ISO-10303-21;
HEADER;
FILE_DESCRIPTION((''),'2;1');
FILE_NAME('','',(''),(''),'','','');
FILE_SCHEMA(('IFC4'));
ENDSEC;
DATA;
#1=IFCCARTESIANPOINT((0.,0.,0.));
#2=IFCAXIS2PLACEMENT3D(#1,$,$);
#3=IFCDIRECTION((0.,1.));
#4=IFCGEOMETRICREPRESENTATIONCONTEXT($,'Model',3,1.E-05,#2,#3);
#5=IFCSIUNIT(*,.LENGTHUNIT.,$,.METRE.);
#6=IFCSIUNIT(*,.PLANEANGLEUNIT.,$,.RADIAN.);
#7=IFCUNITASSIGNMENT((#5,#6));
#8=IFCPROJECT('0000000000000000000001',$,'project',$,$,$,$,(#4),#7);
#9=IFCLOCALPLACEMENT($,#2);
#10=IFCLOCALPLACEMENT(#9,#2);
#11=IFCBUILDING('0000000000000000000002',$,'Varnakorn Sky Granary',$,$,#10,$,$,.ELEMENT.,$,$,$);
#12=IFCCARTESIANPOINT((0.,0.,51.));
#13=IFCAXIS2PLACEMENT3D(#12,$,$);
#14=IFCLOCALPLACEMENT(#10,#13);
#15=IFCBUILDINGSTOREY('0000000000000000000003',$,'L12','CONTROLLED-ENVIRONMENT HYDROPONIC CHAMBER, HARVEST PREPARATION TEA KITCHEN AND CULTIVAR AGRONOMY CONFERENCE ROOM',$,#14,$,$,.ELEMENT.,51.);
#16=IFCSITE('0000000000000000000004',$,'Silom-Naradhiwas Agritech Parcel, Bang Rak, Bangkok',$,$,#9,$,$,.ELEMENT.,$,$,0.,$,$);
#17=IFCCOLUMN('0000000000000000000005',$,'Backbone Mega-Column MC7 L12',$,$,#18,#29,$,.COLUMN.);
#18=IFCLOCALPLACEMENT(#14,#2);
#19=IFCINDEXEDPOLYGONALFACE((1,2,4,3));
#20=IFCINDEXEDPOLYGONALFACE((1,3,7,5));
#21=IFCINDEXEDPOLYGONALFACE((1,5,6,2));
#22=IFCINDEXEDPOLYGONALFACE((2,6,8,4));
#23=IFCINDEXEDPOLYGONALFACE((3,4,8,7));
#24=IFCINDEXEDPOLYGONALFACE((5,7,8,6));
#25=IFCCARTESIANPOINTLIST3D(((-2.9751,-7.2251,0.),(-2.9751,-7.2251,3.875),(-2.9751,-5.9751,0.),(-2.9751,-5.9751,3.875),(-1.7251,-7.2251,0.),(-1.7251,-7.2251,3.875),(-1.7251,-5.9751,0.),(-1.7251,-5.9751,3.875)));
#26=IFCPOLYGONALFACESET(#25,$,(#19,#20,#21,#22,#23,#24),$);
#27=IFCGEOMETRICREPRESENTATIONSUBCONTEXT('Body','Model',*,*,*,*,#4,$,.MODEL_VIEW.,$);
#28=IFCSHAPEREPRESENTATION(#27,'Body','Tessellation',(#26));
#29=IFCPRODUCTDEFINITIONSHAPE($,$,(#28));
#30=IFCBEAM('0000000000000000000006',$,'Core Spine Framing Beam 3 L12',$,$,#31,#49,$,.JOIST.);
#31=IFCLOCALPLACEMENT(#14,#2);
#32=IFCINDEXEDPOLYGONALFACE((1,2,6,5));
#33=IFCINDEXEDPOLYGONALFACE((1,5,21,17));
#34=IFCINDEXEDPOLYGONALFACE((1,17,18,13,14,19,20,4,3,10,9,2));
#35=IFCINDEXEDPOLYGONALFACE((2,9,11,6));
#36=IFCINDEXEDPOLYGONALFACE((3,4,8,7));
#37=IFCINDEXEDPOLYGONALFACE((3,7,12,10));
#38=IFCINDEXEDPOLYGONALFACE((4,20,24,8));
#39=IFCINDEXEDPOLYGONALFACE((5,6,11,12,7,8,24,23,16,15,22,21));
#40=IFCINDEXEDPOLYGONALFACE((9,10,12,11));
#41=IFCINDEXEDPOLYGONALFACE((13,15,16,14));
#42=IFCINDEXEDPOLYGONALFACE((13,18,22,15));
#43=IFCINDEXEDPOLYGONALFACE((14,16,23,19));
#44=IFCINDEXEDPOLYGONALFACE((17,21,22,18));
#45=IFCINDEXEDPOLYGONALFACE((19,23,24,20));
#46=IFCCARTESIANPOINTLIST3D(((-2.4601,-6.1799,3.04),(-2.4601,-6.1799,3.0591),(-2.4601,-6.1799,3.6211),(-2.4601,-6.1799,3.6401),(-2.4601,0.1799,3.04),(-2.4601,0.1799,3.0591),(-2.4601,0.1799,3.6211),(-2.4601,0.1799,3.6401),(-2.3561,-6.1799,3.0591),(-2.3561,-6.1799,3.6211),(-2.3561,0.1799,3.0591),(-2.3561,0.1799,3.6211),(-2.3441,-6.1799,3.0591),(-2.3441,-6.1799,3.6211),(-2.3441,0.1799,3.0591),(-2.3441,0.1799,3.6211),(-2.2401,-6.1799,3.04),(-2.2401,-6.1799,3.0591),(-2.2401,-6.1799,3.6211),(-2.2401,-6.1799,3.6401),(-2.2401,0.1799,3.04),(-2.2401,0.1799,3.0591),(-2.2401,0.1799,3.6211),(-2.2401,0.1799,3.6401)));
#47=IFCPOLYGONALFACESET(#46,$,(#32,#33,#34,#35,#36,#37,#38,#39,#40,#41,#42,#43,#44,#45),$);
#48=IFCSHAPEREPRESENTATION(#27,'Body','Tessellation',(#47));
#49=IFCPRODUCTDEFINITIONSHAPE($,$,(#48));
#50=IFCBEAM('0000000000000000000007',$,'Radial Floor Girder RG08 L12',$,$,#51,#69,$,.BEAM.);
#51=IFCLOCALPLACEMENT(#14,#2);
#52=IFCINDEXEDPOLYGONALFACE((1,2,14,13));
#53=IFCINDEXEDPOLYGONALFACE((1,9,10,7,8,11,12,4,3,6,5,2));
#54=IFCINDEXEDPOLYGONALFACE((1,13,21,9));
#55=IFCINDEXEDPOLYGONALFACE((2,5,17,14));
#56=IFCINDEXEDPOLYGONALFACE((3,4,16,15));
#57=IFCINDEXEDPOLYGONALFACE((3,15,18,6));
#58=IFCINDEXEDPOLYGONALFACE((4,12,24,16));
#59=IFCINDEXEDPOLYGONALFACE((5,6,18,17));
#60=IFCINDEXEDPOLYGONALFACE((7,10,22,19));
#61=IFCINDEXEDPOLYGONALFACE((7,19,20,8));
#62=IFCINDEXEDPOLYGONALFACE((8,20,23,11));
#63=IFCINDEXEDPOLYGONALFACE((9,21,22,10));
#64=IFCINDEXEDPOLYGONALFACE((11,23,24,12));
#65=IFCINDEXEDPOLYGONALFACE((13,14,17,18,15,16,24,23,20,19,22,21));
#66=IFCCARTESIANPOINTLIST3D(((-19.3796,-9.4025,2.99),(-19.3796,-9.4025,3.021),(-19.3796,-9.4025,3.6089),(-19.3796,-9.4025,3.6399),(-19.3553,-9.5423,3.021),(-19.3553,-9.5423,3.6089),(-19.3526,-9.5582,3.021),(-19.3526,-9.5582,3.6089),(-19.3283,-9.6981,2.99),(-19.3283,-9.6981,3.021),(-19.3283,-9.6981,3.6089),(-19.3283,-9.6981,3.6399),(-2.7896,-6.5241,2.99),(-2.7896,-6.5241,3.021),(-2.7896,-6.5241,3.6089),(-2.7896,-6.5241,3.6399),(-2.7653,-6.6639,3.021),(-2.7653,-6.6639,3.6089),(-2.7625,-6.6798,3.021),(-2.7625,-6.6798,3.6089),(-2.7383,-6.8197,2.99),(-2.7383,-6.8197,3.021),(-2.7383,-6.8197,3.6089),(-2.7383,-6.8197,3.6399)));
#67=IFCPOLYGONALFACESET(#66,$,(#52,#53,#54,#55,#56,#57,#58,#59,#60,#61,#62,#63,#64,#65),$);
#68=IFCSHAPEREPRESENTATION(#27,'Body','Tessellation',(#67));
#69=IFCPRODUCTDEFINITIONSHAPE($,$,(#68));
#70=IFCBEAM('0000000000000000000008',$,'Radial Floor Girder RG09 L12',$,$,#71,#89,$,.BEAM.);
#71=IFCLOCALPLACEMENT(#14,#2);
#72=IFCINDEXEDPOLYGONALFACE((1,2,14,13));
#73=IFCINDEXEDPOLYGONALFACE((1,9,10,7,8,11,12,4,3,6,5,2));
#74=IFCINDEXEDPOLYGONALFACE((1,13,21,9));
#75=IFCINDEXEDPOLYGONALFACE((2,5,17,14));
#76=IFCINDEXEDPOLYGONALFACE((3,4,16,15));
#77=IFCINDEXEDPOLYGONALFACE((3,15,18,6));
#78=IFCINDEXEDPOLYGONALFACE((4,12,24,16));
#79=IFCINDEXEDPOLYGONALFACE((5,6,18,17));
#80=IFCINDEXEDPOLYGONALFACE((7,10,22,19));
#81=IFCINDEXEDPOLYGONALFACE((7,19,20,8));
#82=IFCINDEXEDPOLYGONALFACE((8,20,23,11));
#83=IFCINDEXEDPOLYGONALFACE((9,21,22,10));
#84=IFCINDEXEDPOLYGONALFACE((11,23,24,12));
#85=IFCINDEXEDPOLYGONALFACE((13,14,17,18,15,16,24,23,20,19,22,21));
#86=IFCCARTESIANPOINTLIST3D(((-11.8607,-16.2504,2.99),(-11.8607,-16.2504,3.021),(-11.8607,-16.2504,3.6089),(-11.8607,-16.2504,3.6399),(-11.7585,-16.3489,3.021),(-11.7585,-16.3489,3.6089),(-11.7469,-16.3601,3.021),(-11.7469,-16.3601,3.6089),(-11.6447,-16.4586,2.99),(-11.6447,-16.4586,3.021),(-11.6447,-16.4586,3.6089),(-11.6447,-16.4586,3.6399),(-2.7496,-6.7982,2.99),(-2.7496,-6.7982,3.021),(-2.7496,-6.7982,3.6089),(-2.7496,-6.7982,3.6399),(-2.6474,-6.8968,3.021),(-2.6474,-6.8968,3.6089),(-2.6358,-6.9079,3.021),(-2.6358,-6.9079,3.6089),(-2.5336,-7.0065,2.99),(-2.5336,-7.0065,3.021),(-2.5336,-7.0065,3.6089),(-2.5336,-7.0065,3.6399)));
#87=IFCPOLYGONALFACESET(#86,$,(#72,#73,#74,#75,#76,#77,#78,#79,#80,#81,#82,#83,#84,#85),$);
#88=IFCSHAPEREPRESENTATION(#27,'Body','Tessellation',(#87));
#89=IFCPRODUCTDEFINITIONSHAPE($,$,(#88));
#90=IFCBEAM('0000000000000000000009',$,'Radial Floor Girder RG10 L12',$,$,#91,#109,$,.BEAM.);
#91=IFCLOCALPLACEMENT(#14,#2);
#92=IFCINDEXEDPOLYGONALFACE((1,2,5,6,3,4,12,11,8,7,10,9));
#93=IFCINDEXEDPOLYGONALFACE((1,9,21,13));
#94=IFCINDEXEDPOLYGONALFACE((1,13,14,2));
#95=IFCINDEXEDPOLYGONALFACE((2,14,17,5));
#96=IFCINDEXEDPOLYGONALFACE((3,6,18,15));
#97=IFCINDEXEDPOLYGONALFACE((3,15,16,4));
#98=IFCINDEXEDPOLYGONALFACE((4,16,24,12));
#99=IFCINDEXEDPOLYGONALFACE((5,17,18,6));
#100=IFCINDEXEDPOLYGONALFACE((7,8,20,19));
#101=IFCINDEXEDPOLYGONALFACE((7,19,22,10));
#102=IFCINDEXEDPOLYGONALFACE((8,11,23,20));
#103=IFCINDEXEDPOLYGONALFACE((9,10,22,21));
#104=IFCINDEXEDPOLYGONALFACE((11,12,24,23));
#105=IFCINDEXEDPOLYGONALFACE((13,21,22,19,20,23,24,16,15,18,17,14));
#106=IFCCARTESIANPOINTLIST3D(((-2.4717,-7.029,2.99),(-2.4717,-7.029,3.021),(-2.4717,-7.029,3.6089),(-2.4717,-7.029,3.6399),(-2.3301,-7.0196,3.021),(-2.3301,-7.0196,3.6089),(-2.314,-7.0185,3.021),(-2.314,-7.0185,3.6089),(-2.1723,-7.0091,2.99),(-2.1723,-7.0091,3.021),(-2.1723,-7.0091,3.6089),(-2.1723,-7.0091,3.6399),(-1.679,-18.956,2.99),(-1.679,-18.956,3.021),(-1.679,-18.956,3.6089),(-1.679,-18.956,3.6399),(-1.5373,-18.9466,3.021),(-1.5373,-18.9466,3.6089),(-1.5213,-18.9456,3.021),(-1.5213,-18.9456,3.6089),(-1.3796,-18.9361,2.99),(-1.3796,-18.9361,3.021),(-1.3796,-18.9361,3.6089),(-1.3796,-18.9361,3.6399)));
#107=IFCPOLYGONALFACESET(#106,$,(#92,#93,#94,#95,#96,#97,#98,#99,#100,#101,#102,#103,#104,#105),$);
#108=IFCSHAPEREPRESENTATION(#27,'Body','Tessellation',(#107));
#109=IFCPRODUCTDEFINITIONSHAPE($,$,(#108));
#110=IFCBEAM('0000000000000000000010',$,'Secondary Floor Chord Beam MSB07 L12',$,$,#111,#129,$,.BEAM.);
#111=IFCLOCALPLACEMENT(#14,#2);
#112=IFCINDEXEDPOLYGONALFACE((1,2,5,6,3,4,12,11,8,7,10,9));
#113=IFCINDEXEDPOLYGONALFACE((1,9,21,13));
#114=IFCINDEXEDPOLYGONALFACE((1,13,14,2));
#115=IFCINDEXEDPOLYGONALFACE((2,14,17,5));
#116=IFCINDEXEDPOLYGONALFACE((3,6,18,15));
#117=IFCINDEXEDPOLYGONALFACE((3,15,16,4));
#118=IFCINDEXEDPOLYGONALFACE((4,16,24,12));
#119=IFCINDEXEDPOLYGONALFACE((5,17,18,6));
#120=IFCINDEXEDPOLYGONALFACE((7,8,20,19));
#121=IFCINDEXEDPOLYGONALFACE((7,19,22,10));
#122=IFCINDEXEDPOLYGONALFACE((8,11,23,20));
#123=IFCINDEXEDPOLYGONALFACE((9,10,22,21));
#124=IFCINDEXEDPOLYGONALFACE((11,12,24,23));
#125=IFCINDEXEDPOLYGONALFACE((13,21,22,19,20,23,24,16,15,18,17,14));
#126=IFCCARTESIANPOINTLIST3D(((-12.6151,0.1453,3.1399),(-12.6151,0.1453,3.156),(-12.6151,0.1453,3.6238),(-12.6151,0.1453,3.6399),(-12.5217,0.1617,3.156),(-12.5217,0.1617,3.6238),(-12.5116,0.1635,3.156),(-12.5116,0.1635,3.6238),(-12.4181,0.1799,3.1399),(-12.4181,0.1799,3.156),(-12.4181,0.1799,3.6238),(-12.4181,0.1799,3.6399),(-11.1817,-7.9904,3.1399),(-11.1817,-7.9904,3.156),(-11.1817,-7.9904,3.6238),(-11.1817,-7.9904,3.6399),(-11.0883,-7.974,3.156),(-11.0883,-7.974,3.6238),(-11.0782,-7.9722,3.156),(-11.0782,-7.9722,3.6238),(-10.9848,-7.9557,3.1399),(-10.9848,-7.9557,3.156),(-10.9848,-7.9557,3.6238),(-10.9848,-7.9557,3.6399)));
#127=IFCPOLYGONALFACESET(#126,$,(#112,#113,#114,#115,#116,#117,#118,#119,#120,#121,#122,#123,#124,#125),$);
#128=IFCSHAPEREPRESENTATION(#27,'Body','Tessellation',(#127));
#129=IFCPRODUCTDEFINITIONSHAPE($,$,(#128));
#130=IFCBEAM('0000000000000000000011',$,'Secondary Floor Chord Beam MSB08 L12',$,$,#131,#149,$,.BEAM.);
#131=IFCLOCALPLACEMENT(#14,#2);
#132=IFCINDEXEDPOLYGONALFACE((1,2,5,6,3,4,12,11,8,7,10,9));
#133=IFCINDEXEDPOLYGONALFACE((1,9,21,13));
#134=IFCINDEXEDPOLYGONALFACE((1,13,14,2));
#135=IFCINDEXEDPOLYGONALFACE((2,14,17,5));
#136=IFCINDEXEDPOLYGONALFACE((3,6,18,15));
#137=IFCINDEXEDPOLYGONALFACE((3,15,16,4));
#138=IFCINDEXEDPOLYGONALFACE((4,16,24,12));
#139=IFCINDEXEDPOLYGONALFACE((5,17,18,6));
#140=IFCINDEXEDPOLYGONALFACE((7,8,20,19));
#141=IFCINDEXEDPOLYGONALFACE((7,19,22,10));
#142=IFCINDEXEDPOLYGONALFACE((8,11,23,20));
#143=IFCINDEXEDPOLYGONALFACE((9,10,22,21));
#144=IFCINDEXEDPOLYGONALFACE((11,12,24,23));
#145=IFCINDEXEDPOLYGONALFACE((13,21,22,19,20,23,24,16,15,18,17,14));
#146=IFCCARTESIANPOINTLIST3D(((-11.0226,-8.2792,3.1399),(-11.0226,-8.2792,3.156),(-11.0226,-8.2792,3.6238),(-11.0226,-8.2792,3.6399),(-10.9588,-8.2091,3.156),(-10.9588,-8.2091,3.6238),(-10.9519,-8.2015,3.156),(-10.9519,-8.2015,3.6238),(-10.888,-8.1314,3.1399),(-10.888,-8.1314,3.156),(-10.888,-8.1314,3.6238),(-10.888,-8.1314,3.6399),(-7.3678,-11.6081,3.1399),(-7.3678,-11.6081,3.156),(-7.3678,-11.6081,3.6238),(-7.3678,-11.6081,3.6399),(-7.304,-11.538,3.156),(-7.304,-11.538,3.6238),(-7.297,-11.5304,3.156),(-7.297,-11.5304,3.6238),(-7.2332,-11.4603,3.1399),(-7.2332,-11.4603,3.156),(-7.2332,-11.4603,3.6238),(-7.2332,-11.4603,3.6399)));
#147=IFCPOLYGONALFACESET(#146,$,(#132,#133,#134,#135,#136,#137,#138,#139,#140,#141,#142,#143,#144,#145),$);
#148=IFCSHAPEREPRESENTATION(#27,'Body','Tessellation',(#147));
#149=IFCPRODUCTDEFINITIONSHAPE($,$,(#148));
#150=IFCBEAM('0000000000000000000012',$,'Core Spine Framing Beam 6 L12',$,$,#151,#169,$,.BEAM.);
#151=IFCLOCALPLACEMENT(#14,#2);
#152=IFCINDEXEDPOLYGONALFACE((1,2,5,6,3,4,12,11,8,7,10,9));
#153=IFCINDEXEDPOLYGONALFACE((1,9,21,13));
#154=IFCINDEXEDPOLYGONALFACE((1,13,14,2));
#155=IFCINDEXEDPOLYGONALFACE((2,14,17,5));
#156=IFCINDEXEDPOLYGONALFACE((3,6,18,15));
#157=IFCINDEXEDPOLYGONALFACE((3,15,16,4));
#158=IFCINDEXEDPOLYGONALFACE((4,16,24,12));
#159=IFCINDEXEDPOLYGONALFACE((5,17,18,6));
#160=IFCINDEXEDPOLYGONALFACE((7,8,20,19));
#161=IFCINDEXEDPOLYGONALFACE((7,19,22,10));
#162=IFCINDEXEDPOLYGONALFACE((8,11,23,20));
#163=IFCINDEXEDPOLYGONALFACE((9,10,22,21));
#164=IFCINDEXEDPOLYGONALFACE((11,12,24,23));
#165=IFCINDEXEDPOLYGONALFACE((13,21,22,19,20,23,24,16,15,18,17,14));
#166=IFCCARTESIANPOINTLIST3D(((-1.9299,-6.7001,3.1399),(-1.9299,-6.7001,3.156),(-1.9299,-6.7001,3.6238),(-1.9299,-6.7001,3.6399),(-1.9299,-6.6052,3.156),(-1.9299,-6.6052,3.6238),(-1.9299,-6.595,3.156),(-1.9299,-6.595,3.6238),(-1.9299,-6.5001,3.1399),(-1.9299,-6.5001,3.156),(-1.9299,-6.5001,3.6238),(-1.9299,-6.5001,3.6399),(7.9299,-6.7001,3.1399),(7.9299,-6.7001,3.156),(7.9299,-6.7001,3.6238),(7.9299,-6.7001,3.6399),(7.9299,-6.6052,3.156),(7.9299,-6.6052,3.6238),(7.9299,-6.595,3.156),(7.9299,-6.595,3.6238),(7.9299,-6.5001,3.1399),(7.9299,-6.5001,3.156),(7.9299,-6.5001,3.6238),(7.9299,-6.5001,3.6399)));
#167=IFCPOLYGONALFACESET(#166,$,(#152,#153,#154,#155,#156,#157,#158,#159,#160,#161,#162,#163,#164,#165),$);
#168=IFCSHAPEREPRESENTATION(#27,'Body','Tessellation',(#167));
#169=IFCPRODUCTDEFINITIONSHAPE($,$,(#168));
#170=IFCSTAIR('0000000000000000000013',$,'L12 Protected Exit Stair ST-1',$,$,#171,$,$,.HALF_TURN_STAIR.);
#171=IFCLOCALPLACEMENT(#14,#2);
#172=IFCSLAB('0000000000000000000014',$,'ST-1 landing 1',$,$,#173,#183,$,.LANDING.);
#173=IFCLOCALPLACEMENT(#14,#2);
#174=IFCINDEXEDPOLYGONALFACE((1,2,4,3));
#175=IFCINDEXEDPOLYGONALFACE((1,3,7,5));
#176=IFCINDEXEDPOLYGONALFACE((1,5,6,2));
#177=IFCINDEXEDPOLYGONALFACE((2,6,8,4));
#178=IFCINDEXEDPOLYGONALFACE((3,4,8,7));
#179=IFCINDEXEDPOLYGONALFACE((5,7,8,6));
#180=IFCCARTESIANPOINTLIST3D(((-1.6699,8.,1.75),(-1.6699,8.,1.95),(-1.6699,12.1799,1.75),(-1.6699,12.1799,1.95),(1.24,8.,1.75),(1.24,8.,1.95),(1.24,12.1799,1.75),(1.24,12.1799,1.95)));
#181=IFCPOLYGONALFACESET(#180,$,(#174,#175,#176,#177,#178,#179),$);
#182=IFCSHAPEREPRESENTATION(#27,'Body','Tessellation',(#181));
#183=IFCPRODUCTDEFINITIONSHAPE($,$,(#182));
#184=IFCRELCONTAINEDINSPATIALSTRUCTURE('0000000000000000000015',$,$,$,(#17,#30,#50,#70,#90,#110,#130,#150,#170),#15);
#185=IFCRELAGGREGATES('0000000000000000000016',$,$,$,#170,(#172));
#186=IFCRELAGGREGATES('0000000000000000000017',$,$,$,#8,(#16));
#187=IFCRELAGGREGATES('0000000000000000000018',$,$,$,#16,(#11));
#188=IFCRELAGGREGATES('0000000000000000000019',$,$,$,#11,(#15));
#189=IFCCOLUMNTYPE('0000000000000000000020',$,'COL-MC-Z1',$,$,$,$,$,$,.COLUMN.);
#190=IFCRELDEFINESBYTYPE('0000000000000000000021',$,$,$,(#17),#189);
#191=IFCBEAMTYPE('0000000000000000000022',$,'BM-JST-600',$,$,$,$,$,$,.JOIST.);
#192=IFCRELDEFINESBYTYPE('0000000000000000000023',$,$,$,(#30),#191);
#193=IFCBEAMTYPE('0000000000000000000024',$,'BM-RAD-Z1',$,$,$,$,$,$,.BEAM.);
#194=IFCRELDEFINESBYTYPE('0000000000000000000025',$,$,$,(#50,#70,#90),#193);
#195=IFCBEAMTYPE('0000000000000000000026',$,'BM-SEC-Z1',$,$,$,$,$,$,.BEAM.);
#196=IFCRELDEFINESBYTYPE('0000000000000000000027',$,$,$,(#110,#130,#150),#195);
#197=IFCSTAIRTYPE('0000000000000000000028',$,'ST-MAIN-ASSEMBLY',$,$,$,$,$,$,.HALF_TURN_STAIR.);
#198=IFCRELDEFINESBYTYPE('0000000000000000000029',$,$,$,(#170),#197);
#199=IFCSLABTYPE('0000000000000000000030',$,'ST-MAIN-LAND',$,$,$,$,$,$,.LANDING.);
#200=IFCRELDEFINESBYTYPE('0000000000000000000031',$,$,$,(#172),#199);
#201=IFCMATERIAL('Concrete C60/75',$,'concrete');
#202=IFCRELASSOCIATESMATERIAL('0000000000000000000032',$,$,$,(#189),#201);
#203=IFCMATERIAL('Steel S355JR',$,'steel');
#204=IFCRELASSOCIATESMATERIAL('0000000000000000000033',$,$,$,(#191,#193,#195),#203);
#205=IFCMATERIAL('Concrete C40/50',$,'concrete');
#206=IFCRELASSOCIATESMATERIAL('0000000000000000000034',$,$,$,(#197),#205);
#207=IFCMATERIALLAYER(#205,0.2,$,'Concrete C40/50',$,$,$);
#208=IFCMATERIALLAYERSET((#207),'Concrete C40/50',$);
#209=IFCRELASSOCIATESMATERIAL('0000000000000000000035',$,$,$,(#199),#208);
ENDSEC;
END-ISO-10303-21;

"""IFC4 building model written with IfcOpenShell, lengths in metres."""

from ifc_helpers import new_model, si_unit, direction, frame, origin, origin_2d, place, context, subcontext, project, spatial, polyline, rectangle, i_section, outline, extrude, material, layer, layer_set, material_profile, profile_set, type_object, element, aggregate, save


model = new_model("IFC4")

# Units and contexts
model_context = context("Model", 3, precision=1e-05, world=origin(), true_north=direction((0.0, 1.0)))
body_context = subcontext(model_context, "Body", "Model", "MODEL_VIEW")
ifc_project = project(units=[si_unit("LENGTHUNIT", "METRE"), si_unit("PLANEANGLEUNIT", "RADIAN")], contexts=[model_context])

# Site, building, storey
site_placement = place(None, origin())
site = spatial("IfcSite", under=ifc_project, at=site_placement, Name="Silom-Naradhiwas Agritech Parcel, Bang Rak, Bangkok", CompositionType="ELEMENT", RefElevation=0.0)
building_placement = place(site_placement, origin())
building = spatial("IfcBuilding", under=site, at=building_placement, Name="Varnakorn Sky Granary", CompositionType="ELEMENT")
storey_placement = place(building_placement, frame((0.0, 0.0, 51.0)))
storey = spatial("IfcBuildingStorey", under=building, at=storey_placement, Name="L12", Description="CONTROLLED-ENVIRONMENT HYDROPONIC CHAMBER, HARVEST PREPARATION TEA KITCHEN AND CULTIVAR AGRONOMY CONFERENCE ROOM", CompositionType="ELEMENT", Elevation=51.0)

# Column
ifc_material_1 = material(Name="Concrete C60/75", Category="concrete")
ifc_material_profile_1 = material_profile(ifc_material_1, rectangle(XDim=1.25, YDim=1.25, at=origin_2d()), Name="RC 1250x1250")
ifc_profile_set_1 = profile_set([ifc_material_profile_1], Name="Concrete C60/75")
column_type = type_object("IfcColumnType", Name="COL-MC-Z1", PredefinedType="COLUMN", material=ifc_profile_set_1)
column_placement = place(storey_placement, frame((-2.3501, -6.6001, 0.0), z_axis=(0.0, 0.0, 1.0), x_axis=(1.0, 0.0, 0.0)))
element("IfcColumn", 1, at=column_placement, inside=storey, type_object=column_type, Name="Backbone Mega-Column MC7 L12", PredefinedType="COLUMN", context=body_context, shape_type="SweptSolid", body=[
    extrude(rectangle(XDim=1.25, YDim=1.25, at=origin_2d()), origin(), (0.0, 0.0, 1.0), 3.875),
])

# Beams
ifc_material_2 = material(Name="Steel S355JR", Category="steel")
ifc_material_profile_2 = material_profile(ifc_material_2, i_section(OverallWidth=0.22, OverallDepth=0.6001, WebThickness=0.012, FlangeThickness=0.019, at=origin_2d()), Name="IPE 600")
ifc_profile_set_2 = profile_set([ifc_material_profile_2], Name="Steel S355JR")
beam_type_1 = type_object("IfcBeamType", Name="BM-JST-600", PredefinedType="JOIST", material=ifc_profile_set_2)
beam_1_placement = place(storey_placement, frame((-2.3501, 0.1799, 3.3401), z_axis=(0.0, -1.0, 0.0), x_axis=(1.0, 0.0, 0.0)))
element("IfcBeam", 2, at=beam_1_placement, inside=storey, type_object=beam_type_1, Name="Core Spine Framing Beam 3 L12", PredefinedType="JOIST", context=body_context, shape_type="SweptSolid", body=[
    extrude(i_section(OverallWidth=0.22, OverallDepth=0.6001, WebThickness=0.012, FlangeThickness=0.019, at=origin_2d()), origin(), (0.0, 0.0, 1.0), 6.3599),
])
ifc_material_profile_3 = material_profile(ifc_material_2, i_section(OverallWidth=0.3, OverallDepth=0.6499, WebThickness=0.0161, FlangeThickness=0.031, at=origin_2d()), Name="HE 650 B")
ifc_profile_set_3 = profile_set([ifc_material_profile_3], Name="Steel S355JR")
beam_type_2 = type_object("IfcBeamType", Name="BM-RAD-Z1", PredefinedType="BEAM", material=ifc_profile_set_3)
beam_2_placement = place(storey_placement, frame((-2.7639, -6.6719, 3.3149), z_axis=(-0.98528, -0.170948, 0.0), x_axis=(0.170948, -0.98528, 0.0)))
element("IfcBeam", 3, at=beam_2_placement, inside=storey, type_object=beam_type_2, Name="Radial Floor Girder RG08 L12", PredefinedType="BEAM", context=body_context, shape_type="SweptSolid", body=[
    extrude(i_section(OverallWidth=0.3, OverallDepth=0.6499, WebThickness=0.0161, FlangeThickness=0.031, at=origin_2d()), origin(), (0.0, 0.0, 1.0), 16.8379),
])
beam_3_placement = place(storey_placement, frame((-2.6416, -6.9023, 3.3149), z_axis=(-0.693998, -0.719977, 0.0), x_axis=(0.719977, -0.693998, 0.0)))
element("IfcBeam", 4, at=beam_3_placement, inside=storey, type_object=beam_type_2, Name="Radial Floor Girder RG09 L12", PredefinedType="BEAM", context=body_context, shape_type="SweptSolid", body=[
    extrude(i_section(OverallWidth=0.3, OverallDepth=0.6499, WebThickness=0.0161, FlangeThickness=0.031, at=origin_2d()), origin(), (0.0, 0.0, 1.0), 13.1284),
])
beam_4_placement = place(storey_placement, frame((-2.322, -7.019, 3.3149), z_axis=(0.066318, -0.997799, 0.0), x_axis=(0.997799, 0.066318, 0.0)))
element("IfcBeam", 5, at=beam_4_placement, inside=storey, type_object=beam_type_2, Name="Radial Floor Girder RG10 L12", PredefinedType="BEAM", context=body_context, shape_type="SweptSolid", body=[
    extrude(i_section(OverallWidth=0.3, OverallDepth=0.6499, WebThickness=0.0161, FlangeThickness=0.031, at=origin_2d()), origin(), (0.0, 0.0, 1.0), 11.9534),
])
ifc_material_profile_4 = material_profile(ifc_material_2, i_section(OverallWidth=0.2, OverallDepth=0.5, WebThickness=0.0103, FlangeThickness=0.0161, at=origin_2d()), Name="IPE 500")
ifc_profile_set_4 = profile_set([ifc_material_profile_4], Name="Steel S355JR")
beam_type_3 = type_object("IfcBeamType", Name="BM-SEC-Z1", PredefinedType="BEAM", material=ifc_profile_set_4)
beam_5_placement = place(storey_placement, frame((-12.5166, 0.1626, 3.3899), z_axis=(0.173507, -0.984833, 0.0), x_axis=(0.984833, 0.173507, 0.0)))
element("IfcBeam", 6, at=beam_5_placement, inside=storey, type_object=beam_type_3, Name="Secondary Floor Chord Beam MSB07 L12", PredefinedType="BEAM", context=body_context, shape_type="SweptSolid", body=[
    extrude(i_section(OverallWidth=0.2, OverallDepth=0.5, WebThickness=0.0103, FlangeThickness=0.0161, at=origin_2d()), origin(), (0.0, 0.0, 1.0), 8.261),
])
beam_6_placement = place(storey_placement, frame((-10.9553, -8.2053, 3.3899), z_axis=(0.739303, -0.673373, 0.0), x_axis=(0.673373, 0.739303, 0.0)))
element("IfcBeam", 7, at=beam_6_placement, inside=storey, type_object=beam_type_3, Name="Secondary Floor Chord Beam MSB08 L12", PredefinedType="BEAM", context=body_context, shape_type="SweptSolid", body=[
    extrude(i_section(OverallWidth=0.2, OverallDepth=0.5, WebThickness=0.0103, FlangeThickness=0.0161, at=origin_2d()), origin(), (0.0, 0.0, 1.0), 4.9436),
])
beam_7_placement = place(storey_placement, frame((-1.9299, -6.6001, 3.3899), z_axis=(1.0, 0.0, 0.0), x_axis=(0.0, 1.0, 0.0)))
element("IfcBeam", 8, at=beam_7_placement, inside=storey, type_object=beam_type_3, Name="Core Spine Framing Beam 6 L12", PredefinedType="BEAM", context=body_context, shape_type="SweptSolid", body=[
    extrude(i_section(OverallWidth=0.2, OverallDepth=0.5, WebThickness=0.0103, FlangeThickness=0.0161, at=origin_2d()), origin(), (0.0, 0.0, 1.0), 9.8599),
])

# Stair, slab
ifc_material_3 = material(Name="Concrete C40/50", Category="concrete")
stair_type = type_object("IfcStairType", Name="ST-MAIN-ASSEMBLY", PredefinedType="HALF_TURN_STAIR", material=ifc_material_3)
stair_1_placement = place(storey_placement, origin())
stair_1 = element("IfcStair", 9, at=stair_1_placement, inside=storey, type_object=stair_type, Name="L12 Protected Exit Stair ST-1", PredefinedType="HALF_TURN_STAIR")
ifc_layer_1 = layer(ifc_material_3, 0.2, Name="Concrete C40/50")
ifc_layer_set_1 = layer_set([ifc_layer_1], Name="Concrete C40/50")
slab_type_1 = type_object("IfcSlabType", Name="ST-MAIN-LAND", PredefinedType="LANDING", material=ifc_layer_set_1)
slab_1_placement = place(storey_placement, frame((0.0, 0.0, 1.75)))
slab_1 = element("IfcSlab", 10, at=slab_1_placement, type_object=slab_type_1, Name="ST-1 landing 1", PredefinedType="LANDING", context=body_context, shape_type="SweptSolid", body=[
    extrude(outline(polyline([(1.24, 8.0), (1.24, 12.1799), (-1.6699, 12.1799), (-1.6699, 8.0), (1.24, 8.0)])), origin(), (0.0, 0.0, 1.0), 0.2),
])
aggregate(stair_1, [slab_1])

save(model, "model.ifc")
